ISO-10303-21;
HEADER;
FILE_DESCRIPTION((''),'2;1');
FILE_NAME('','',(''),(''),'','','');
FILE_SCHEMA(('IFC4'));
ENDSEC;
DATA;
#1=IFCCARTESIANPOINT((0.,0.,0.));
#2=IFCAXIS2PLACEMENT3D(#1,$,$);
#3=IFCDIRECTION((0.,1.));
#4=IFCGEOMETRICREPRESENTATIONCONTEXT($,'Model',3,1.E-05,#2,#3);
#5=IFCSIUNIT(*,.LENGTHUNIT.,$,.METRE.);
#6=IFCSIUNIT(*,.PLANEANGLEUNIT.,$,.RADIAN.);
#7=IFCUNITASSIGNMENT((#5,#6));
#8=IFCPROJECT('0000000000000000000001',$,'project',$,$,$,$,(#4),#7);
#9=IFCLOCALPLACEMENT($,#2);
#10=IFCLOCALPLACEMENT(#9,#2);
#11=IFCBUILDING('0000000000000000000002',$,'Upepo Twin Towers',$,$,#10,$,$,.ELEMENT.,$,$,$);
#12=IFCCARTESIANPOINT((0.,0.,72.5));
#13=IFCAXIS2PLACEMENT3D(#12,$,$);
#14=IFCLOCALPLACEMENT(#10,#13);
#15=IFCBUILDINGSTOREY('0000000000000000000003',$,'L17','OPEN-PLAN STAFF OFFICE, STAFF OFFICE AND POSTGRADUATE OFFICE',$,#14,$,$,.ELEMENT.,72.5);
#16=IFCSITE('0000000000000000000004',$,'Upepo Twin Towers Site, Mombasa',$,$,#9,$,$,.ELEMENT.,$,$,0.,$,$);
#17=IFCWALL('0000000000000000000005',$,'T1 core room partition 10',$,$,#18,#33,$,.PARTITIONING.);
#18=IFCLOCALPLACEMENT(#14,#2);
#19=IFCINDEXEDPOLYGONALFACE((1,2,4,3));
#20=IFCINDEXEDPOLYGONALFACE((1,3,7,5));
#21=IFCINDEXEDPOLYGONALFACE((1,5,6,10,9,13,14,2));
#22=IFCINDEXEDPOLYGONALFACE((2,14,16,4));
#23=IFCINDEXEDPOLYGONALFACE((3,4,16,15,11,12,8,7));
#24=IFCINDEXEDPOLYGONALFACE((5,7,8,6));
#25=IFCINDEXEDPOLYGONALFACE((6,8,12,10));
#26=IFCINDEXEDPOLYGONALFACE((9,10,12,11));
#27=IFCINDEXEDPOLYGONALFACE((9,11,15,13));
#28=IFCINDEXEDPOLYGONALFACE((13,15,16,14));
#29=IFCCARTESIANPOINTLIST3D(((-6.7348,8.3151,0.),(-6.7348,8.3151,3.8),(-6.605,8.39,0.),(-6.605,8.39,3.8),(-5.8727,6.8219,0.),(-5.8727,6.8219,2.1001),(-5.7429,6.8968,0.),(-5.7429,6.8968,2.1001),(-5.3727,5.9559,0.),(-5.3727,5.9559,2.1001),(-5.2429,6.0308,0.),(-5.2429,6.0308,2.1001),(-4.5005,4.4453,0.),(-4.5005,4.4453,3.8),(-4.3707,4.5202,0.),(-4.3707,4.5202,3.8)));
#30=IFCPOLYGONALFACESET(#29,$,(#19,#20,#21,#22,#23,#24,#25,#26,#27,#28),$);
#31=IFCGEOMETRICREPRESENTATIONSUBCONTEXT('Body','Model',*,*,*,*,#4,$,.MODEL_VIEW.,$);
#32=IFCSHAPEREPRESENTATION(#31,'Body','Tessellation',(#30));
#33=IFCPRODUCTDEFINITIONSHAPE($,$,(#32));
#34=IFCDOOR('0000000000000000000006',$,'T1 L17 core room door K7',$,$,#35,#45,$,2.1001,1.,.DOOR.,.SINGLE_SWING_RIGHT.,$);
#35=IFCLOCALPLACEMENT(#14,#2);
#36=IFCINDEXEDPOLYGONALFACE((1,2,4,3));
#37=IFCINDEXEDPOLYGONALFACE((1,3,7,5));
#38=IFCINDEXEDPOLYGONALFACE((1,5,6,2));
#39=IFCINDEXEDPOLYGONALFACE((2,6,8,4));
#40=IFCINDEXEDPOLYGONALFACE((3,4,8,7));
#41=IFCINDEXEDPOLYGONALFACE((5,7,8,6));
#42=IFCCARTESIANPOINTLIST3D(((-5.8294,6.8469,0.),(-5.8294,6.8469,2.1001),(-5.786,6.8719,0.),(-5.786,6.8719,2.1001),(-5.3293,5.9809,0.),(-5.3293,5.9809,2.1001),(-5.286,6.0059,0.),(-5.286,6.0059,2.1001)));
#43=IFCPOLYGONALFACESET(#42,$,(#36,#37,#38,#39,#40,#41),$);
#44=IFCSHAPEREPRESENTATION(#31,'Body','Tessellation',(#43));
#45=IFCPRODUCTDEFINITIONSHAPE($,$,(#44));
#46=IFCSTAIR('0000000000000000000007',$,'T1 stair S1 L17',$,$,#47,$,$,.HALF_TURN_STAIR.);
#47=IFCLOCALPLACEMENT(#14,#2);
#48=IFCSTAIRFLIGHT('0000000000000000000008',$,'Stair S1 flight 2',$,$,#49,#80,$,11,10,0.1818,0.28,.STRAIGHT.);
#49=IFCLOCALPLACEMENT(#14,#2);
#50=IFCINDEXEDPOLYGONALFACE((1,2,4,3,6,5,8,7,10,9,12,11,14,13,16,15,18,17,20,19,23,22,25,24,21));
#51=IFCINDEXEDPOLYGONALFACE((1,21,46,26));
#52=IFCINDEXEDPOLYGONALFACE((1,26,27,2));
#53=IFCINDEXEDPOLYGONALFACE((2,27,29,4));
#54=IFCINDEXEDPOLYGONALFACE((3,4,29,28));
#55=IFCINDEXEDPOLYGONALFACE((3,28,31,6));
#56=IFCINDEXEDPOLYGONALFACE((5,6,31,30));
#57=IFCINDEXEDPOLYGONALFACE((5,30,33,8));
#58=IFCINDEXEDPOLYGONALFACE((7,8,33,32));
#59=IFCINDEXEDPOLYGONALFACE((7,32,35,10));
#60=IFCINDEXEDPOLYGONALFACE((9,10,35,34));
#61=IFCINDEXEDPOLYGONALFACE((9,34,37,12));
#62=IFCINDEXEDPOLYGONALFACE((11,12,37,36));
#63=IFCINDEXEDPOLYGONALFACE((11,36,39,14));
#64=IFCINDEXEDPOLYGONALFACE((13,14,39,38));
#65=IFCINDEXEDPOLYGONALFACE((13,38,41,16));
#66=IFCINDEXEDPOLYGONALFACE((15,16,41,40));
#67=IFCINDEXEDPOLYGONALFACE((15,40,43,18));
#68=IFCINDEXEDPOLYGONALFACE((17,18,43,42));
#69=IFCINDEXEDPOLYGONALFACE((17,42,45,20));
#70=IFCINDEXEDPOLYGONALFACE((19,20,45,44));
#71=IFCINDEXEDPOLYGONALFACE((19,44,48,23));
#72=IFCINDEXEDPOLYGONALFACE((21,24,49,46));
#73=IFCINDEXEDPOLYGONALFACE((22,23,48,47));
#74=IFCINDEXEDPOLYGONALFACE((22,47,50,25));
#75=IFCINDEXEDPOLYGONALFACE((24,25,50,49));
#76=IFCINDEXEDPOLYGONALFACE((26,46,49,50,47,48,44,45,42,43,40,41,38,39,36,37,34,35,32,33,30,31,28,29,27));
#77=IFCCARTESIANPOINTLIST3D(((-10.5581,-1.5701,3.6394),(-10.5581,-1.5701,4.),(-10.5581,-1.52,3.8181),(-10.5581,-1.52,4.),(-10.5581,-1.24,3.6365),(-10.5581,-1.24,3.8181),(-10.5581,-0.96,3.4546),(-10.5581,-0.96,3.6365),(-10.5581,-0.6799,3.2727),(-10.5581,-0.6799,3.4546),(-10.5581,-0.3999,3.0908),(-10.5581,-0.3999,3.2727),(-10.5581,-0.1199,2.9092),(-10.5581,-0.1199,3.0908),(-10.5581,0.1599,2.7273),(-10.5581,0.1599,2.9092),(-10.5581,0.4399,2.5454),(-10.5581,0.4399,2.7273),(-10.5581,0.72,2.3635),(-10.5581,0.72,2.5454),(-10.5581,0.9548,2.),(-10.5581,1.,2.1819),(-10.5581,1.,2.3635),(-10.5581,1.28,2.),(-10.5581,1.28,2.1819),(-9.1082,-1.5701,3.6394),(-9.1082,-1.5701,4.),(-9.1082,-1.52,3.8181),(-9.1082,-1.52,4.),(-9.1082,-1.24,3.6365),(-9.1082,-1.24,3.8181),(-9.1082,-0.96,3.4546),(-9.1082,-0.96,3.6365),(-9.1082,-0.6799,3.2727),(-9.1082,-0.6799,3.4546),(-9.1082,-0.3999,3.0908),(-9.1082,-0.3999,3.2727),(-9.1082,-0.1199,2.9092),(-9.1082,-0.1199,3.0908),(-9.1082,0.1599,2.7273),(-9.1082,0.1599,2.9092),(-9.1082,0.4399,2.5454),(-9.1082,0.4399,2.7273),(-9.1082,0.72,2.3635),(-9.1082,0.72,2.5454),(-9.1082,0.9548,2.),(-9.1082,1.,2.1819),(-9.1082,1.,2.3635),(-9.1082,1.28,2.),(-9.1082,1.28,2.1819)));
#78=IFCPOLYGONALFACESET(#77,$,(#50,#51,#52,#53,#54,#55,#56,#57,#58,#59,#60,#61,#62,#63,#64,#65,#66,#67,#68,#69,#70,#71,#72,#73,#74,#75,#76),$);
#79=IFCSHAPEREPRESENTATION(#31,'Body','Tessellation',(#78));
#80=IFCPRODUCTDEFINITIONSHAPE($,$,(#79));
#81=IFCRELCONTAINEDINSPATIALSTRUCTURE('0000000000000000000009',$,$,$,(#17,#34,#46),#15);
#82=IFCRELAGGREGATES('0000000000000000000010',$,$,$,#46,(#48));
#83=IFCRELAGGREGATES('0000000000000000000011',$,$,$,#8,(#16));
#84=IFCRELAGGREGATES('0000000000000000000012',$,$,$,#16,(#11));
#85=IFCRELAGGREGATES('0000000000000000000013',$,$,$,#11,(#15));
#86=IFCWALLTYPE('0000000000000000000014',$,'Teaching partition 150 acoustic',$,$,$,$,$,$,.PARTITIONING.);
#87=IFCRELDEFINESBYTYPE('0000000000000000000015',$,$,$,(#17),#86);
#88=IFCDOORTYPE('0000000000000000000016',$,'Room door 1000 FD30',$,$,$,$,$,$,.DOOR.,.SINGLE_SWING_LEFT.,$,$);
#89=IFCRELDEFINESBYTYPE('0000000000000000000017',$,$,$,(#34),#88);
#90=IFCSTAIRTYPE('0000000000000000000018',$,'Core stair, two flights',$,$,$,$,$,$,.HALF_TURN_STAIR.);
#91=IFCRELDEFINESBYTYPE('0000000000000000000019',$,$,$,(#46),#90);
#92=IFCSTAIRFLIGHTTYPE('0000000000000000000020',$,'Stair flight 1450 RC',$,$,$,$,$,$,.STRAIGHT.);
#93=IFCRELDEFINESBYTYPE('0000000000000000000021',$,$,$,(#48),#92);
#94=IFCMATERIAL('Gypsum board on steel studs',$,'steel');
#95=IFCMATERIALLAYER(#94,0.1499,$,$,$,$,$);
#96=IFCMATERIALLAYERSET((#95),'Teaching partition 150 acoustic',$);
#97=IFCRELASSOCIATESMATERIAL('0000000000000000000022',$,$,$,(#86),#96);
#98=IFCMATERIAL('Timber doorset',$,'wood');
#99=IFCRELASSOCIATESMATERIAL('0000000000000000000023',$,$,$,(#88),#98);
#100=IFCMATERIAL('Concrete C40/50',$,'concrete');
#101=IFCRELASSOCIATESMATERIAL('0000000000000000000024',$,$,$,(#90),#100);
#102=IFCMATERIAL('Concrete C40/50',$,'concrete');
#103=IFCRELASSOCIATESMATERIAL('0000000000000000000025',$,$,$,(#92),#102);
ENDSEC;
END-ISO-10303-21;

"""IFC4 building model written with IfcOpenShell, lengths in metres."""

from ifc_helpers import new_model, si_unit, direction, frame, frame_2d, origin, place, context, subcontext, project, spatial, polyline, rectangle, outline, extrude, material, layer, layer_set, type_object, element, fill, aggregate, save


model = new_model("IFC4")

# Units and contexts
model_context = context("Model", 3, precision=1e-05, world=origin(), true_north=direction((0.0, 1.0)))
body_context = subcontext(model_context, "Body", "Model", "MODEL_VIEW")
ifc_project = project(units=[si_unit("LENGTHUNIT", "METRE"), si_unit("PLANEANGLEUNIT", "RADIAN")], contexts=[model_context])

# Site, building, storey
site_placement = place(None, origin())
site = spatial("IfcSite", under=ifc_project, at=site_placement, Name="Upepo Twin Towers Site, Mombasa", CompositionType="ELEMENT", RefElevation=0.0)
building_placement = place(site_placement, origin())
building = spatial("IfcBuilding", under=site, at=building_placement, Name="Upepo Twin Towers", CompositionType="ELEMENT")
storey_placement = place(building_placement, frame((0.0, 0.0, 72.5)))
storey = spatial("IfcBuildingStorey", under=building, at=storey_placement, Name="L17", Description="OPEN-PLAN STAFF OFFICE, STAFF OFFICE AND POSTGRADUATE OFFICE", CompositionType="ELEMENT", Elevation=72.5)

# Shared definitions
ifc_material_1 = material(Name="Gypsum board on steel studs", Category="steel")
ifc_layer_1 = layer(ifc_material_1, 0.1499)
ifc_layer_set_1 = layer_set([ifc_layer_1], Name="Teaching partition 150 acoustic")
wall_type_1 = type_object("IfcWallType", Name="Teaching partition 150 acoustic", PredefinedType="PARTITIONING", material=ifc_layer_set_1)

# Wall, opening, door
wall_1_placement = place(storey_placement, frame((-4.4355, 4.4827, 0.0), z_axis=(0.0, 0.0, 1.0), x_axis=(-0.500017, 0.866015, 0.0)))
wall_1 = element("IfcWall", 1, at=wall_1_placement, inside=storey, type_object=wall_type_1, Name="T1 core room partition 10", PredefinedType="PARTITIONING", context=body_context, shape_type="SweptSolid", body=[
    extrude(rectangle(XDim=4.4685, YDim=0.1499, at=frame_2d((2.2344, 0.0))), origin(), (0.0, 0.0, 1.0), 3.8),
])
opening_1_placement = place(wall_1_placement, frame((1.7444, 0.0, 0.0)))
opening_1 = element("IfcOpeningElement", 2, at=opening_1_placement, cuts=wall_1, PredefinedType="OPENING", context=body_context, shape_type="SweptSolid", body=[
    extrude(rectangle(XDim=1.0, YDim=2.1001, at=frame_2d((0.5, 1.05))), frame((0.0, 0.085, 0.0), z_axis=(0.0, -1.0, 0.0), x_axis=(1.0, 0.0, 0.0)), (0.0, 0.0, 1.0), 0.1699),
])
ifc_material_2 = material(Name="Timber doorset", Category="wood")
door_type_1 = type_object("IfcDoorType", Name="Room door 1000 FD30", OperationType="SINGLE_SWING_LEFT", PredefinedType="DOOR", material=ifc_material_2)
door_1_placement = place(opening_1_placement, origin())
door_1 = element("IfcDoor", 3, at=door_1_placement, inside=storey, type_object=door_type_1, Name="T1 L17 core room door K7", OperationType="SINGLE_SWING_RIGHT", OverallHeight=2.1001, OverallWidth=1.0, PredefinedType="DOOR", context=body_context, shape_type="SweptSolid", body=[
    extrude(rectangle(XDim=1.0, YDim=2.1001, at=frame_2d((0.5, 1.05))), frame((0.0, 0.0249, 0.0), z_axis=(0.0, -1.0, 0.0), x_axis=(1.0, 0.0, 0.0)), (0.0, 0.0, 1.0), 0.05),
])
fill(opening_1, door_1)

# Stair, stair flight
ifc_material_3 = material(Name="Concrete C40/50", Category="concrete")
stair_type = type_object("IfcStairType", Name="Core stair, two flights", PredefinedType="HALF_TURN_STAIR", material=ifc_material_3)
stair_placement = place(storey_placement, origin())
stair = element("IfcStair", 4, at=stair_placement, inside=storey, type_object=stair_type, Name="T1 stair S1 L17", PredefinedType="HALF_TURN_STAIR")
ifc_material_4 = material(Name="Concrete C40/50", Category="concrete")
stair_flight_type = type_object("IfcStairFlightType", Name="Stair flight 1450 RC", PredefinedType="STRAIGHT", material=ifc_material_4)
stair_flight_placement = place(storey_placement, frame((-9.8333, 1.28, 2.0), z_axis=(0.0, 0.0, 1.0), x_axis=(0.0, -1.0, 0.0)))
stair_flight = element("IfcStairFlight", 5, at=stair_flight_placement, type_object=stair_flight_type, Name="Stair S1 flight 2", NumberOfRisers=11, NumberOfTreads=10, PredefinedType="STRAIGHT", RiserHeight=0.1818, TreadLength=0.28, context=body_context, shape_type="SweptSolid", body=[
    extrude(outline(polyline([(0.0, 0.0), (0.0, 0.1819), (0.28, 0.1819), (0.28, 0.3635), (0.5601, 0.3635), (0.5601, 0.5454), (0.8401, 0.5454), (0.8401, 0.7273), (1.1201, 0.7273), (1.1201, 0.9092), (1.3999, 0.9092), (1.3999, 1.0908), (1.6799, 1.0908), (1.6799, 1.2727), (1.96, 1.2727), (1.96, 1.4546), (2.24, 1.4546), (2.24, 1.6365), (2.52, 1.6365), (2.52, 1.8181), (2.8, 1.8181), (2.8, 2.0), (2.8501, 2.0), (2.8501, 1.6394), (0.3252, 0.0), (0.0, 0.0)])), frame((0.0, 0.7251, 0.0), z_axis=(0.0, -1.0, 0.0), x_axis=(1.0, 0.0, 0.0)), (0.0, 0.0, 1.0), 1.45),
])
aggregate(stair, [stair_flight])

save(model, "model.ifc")
